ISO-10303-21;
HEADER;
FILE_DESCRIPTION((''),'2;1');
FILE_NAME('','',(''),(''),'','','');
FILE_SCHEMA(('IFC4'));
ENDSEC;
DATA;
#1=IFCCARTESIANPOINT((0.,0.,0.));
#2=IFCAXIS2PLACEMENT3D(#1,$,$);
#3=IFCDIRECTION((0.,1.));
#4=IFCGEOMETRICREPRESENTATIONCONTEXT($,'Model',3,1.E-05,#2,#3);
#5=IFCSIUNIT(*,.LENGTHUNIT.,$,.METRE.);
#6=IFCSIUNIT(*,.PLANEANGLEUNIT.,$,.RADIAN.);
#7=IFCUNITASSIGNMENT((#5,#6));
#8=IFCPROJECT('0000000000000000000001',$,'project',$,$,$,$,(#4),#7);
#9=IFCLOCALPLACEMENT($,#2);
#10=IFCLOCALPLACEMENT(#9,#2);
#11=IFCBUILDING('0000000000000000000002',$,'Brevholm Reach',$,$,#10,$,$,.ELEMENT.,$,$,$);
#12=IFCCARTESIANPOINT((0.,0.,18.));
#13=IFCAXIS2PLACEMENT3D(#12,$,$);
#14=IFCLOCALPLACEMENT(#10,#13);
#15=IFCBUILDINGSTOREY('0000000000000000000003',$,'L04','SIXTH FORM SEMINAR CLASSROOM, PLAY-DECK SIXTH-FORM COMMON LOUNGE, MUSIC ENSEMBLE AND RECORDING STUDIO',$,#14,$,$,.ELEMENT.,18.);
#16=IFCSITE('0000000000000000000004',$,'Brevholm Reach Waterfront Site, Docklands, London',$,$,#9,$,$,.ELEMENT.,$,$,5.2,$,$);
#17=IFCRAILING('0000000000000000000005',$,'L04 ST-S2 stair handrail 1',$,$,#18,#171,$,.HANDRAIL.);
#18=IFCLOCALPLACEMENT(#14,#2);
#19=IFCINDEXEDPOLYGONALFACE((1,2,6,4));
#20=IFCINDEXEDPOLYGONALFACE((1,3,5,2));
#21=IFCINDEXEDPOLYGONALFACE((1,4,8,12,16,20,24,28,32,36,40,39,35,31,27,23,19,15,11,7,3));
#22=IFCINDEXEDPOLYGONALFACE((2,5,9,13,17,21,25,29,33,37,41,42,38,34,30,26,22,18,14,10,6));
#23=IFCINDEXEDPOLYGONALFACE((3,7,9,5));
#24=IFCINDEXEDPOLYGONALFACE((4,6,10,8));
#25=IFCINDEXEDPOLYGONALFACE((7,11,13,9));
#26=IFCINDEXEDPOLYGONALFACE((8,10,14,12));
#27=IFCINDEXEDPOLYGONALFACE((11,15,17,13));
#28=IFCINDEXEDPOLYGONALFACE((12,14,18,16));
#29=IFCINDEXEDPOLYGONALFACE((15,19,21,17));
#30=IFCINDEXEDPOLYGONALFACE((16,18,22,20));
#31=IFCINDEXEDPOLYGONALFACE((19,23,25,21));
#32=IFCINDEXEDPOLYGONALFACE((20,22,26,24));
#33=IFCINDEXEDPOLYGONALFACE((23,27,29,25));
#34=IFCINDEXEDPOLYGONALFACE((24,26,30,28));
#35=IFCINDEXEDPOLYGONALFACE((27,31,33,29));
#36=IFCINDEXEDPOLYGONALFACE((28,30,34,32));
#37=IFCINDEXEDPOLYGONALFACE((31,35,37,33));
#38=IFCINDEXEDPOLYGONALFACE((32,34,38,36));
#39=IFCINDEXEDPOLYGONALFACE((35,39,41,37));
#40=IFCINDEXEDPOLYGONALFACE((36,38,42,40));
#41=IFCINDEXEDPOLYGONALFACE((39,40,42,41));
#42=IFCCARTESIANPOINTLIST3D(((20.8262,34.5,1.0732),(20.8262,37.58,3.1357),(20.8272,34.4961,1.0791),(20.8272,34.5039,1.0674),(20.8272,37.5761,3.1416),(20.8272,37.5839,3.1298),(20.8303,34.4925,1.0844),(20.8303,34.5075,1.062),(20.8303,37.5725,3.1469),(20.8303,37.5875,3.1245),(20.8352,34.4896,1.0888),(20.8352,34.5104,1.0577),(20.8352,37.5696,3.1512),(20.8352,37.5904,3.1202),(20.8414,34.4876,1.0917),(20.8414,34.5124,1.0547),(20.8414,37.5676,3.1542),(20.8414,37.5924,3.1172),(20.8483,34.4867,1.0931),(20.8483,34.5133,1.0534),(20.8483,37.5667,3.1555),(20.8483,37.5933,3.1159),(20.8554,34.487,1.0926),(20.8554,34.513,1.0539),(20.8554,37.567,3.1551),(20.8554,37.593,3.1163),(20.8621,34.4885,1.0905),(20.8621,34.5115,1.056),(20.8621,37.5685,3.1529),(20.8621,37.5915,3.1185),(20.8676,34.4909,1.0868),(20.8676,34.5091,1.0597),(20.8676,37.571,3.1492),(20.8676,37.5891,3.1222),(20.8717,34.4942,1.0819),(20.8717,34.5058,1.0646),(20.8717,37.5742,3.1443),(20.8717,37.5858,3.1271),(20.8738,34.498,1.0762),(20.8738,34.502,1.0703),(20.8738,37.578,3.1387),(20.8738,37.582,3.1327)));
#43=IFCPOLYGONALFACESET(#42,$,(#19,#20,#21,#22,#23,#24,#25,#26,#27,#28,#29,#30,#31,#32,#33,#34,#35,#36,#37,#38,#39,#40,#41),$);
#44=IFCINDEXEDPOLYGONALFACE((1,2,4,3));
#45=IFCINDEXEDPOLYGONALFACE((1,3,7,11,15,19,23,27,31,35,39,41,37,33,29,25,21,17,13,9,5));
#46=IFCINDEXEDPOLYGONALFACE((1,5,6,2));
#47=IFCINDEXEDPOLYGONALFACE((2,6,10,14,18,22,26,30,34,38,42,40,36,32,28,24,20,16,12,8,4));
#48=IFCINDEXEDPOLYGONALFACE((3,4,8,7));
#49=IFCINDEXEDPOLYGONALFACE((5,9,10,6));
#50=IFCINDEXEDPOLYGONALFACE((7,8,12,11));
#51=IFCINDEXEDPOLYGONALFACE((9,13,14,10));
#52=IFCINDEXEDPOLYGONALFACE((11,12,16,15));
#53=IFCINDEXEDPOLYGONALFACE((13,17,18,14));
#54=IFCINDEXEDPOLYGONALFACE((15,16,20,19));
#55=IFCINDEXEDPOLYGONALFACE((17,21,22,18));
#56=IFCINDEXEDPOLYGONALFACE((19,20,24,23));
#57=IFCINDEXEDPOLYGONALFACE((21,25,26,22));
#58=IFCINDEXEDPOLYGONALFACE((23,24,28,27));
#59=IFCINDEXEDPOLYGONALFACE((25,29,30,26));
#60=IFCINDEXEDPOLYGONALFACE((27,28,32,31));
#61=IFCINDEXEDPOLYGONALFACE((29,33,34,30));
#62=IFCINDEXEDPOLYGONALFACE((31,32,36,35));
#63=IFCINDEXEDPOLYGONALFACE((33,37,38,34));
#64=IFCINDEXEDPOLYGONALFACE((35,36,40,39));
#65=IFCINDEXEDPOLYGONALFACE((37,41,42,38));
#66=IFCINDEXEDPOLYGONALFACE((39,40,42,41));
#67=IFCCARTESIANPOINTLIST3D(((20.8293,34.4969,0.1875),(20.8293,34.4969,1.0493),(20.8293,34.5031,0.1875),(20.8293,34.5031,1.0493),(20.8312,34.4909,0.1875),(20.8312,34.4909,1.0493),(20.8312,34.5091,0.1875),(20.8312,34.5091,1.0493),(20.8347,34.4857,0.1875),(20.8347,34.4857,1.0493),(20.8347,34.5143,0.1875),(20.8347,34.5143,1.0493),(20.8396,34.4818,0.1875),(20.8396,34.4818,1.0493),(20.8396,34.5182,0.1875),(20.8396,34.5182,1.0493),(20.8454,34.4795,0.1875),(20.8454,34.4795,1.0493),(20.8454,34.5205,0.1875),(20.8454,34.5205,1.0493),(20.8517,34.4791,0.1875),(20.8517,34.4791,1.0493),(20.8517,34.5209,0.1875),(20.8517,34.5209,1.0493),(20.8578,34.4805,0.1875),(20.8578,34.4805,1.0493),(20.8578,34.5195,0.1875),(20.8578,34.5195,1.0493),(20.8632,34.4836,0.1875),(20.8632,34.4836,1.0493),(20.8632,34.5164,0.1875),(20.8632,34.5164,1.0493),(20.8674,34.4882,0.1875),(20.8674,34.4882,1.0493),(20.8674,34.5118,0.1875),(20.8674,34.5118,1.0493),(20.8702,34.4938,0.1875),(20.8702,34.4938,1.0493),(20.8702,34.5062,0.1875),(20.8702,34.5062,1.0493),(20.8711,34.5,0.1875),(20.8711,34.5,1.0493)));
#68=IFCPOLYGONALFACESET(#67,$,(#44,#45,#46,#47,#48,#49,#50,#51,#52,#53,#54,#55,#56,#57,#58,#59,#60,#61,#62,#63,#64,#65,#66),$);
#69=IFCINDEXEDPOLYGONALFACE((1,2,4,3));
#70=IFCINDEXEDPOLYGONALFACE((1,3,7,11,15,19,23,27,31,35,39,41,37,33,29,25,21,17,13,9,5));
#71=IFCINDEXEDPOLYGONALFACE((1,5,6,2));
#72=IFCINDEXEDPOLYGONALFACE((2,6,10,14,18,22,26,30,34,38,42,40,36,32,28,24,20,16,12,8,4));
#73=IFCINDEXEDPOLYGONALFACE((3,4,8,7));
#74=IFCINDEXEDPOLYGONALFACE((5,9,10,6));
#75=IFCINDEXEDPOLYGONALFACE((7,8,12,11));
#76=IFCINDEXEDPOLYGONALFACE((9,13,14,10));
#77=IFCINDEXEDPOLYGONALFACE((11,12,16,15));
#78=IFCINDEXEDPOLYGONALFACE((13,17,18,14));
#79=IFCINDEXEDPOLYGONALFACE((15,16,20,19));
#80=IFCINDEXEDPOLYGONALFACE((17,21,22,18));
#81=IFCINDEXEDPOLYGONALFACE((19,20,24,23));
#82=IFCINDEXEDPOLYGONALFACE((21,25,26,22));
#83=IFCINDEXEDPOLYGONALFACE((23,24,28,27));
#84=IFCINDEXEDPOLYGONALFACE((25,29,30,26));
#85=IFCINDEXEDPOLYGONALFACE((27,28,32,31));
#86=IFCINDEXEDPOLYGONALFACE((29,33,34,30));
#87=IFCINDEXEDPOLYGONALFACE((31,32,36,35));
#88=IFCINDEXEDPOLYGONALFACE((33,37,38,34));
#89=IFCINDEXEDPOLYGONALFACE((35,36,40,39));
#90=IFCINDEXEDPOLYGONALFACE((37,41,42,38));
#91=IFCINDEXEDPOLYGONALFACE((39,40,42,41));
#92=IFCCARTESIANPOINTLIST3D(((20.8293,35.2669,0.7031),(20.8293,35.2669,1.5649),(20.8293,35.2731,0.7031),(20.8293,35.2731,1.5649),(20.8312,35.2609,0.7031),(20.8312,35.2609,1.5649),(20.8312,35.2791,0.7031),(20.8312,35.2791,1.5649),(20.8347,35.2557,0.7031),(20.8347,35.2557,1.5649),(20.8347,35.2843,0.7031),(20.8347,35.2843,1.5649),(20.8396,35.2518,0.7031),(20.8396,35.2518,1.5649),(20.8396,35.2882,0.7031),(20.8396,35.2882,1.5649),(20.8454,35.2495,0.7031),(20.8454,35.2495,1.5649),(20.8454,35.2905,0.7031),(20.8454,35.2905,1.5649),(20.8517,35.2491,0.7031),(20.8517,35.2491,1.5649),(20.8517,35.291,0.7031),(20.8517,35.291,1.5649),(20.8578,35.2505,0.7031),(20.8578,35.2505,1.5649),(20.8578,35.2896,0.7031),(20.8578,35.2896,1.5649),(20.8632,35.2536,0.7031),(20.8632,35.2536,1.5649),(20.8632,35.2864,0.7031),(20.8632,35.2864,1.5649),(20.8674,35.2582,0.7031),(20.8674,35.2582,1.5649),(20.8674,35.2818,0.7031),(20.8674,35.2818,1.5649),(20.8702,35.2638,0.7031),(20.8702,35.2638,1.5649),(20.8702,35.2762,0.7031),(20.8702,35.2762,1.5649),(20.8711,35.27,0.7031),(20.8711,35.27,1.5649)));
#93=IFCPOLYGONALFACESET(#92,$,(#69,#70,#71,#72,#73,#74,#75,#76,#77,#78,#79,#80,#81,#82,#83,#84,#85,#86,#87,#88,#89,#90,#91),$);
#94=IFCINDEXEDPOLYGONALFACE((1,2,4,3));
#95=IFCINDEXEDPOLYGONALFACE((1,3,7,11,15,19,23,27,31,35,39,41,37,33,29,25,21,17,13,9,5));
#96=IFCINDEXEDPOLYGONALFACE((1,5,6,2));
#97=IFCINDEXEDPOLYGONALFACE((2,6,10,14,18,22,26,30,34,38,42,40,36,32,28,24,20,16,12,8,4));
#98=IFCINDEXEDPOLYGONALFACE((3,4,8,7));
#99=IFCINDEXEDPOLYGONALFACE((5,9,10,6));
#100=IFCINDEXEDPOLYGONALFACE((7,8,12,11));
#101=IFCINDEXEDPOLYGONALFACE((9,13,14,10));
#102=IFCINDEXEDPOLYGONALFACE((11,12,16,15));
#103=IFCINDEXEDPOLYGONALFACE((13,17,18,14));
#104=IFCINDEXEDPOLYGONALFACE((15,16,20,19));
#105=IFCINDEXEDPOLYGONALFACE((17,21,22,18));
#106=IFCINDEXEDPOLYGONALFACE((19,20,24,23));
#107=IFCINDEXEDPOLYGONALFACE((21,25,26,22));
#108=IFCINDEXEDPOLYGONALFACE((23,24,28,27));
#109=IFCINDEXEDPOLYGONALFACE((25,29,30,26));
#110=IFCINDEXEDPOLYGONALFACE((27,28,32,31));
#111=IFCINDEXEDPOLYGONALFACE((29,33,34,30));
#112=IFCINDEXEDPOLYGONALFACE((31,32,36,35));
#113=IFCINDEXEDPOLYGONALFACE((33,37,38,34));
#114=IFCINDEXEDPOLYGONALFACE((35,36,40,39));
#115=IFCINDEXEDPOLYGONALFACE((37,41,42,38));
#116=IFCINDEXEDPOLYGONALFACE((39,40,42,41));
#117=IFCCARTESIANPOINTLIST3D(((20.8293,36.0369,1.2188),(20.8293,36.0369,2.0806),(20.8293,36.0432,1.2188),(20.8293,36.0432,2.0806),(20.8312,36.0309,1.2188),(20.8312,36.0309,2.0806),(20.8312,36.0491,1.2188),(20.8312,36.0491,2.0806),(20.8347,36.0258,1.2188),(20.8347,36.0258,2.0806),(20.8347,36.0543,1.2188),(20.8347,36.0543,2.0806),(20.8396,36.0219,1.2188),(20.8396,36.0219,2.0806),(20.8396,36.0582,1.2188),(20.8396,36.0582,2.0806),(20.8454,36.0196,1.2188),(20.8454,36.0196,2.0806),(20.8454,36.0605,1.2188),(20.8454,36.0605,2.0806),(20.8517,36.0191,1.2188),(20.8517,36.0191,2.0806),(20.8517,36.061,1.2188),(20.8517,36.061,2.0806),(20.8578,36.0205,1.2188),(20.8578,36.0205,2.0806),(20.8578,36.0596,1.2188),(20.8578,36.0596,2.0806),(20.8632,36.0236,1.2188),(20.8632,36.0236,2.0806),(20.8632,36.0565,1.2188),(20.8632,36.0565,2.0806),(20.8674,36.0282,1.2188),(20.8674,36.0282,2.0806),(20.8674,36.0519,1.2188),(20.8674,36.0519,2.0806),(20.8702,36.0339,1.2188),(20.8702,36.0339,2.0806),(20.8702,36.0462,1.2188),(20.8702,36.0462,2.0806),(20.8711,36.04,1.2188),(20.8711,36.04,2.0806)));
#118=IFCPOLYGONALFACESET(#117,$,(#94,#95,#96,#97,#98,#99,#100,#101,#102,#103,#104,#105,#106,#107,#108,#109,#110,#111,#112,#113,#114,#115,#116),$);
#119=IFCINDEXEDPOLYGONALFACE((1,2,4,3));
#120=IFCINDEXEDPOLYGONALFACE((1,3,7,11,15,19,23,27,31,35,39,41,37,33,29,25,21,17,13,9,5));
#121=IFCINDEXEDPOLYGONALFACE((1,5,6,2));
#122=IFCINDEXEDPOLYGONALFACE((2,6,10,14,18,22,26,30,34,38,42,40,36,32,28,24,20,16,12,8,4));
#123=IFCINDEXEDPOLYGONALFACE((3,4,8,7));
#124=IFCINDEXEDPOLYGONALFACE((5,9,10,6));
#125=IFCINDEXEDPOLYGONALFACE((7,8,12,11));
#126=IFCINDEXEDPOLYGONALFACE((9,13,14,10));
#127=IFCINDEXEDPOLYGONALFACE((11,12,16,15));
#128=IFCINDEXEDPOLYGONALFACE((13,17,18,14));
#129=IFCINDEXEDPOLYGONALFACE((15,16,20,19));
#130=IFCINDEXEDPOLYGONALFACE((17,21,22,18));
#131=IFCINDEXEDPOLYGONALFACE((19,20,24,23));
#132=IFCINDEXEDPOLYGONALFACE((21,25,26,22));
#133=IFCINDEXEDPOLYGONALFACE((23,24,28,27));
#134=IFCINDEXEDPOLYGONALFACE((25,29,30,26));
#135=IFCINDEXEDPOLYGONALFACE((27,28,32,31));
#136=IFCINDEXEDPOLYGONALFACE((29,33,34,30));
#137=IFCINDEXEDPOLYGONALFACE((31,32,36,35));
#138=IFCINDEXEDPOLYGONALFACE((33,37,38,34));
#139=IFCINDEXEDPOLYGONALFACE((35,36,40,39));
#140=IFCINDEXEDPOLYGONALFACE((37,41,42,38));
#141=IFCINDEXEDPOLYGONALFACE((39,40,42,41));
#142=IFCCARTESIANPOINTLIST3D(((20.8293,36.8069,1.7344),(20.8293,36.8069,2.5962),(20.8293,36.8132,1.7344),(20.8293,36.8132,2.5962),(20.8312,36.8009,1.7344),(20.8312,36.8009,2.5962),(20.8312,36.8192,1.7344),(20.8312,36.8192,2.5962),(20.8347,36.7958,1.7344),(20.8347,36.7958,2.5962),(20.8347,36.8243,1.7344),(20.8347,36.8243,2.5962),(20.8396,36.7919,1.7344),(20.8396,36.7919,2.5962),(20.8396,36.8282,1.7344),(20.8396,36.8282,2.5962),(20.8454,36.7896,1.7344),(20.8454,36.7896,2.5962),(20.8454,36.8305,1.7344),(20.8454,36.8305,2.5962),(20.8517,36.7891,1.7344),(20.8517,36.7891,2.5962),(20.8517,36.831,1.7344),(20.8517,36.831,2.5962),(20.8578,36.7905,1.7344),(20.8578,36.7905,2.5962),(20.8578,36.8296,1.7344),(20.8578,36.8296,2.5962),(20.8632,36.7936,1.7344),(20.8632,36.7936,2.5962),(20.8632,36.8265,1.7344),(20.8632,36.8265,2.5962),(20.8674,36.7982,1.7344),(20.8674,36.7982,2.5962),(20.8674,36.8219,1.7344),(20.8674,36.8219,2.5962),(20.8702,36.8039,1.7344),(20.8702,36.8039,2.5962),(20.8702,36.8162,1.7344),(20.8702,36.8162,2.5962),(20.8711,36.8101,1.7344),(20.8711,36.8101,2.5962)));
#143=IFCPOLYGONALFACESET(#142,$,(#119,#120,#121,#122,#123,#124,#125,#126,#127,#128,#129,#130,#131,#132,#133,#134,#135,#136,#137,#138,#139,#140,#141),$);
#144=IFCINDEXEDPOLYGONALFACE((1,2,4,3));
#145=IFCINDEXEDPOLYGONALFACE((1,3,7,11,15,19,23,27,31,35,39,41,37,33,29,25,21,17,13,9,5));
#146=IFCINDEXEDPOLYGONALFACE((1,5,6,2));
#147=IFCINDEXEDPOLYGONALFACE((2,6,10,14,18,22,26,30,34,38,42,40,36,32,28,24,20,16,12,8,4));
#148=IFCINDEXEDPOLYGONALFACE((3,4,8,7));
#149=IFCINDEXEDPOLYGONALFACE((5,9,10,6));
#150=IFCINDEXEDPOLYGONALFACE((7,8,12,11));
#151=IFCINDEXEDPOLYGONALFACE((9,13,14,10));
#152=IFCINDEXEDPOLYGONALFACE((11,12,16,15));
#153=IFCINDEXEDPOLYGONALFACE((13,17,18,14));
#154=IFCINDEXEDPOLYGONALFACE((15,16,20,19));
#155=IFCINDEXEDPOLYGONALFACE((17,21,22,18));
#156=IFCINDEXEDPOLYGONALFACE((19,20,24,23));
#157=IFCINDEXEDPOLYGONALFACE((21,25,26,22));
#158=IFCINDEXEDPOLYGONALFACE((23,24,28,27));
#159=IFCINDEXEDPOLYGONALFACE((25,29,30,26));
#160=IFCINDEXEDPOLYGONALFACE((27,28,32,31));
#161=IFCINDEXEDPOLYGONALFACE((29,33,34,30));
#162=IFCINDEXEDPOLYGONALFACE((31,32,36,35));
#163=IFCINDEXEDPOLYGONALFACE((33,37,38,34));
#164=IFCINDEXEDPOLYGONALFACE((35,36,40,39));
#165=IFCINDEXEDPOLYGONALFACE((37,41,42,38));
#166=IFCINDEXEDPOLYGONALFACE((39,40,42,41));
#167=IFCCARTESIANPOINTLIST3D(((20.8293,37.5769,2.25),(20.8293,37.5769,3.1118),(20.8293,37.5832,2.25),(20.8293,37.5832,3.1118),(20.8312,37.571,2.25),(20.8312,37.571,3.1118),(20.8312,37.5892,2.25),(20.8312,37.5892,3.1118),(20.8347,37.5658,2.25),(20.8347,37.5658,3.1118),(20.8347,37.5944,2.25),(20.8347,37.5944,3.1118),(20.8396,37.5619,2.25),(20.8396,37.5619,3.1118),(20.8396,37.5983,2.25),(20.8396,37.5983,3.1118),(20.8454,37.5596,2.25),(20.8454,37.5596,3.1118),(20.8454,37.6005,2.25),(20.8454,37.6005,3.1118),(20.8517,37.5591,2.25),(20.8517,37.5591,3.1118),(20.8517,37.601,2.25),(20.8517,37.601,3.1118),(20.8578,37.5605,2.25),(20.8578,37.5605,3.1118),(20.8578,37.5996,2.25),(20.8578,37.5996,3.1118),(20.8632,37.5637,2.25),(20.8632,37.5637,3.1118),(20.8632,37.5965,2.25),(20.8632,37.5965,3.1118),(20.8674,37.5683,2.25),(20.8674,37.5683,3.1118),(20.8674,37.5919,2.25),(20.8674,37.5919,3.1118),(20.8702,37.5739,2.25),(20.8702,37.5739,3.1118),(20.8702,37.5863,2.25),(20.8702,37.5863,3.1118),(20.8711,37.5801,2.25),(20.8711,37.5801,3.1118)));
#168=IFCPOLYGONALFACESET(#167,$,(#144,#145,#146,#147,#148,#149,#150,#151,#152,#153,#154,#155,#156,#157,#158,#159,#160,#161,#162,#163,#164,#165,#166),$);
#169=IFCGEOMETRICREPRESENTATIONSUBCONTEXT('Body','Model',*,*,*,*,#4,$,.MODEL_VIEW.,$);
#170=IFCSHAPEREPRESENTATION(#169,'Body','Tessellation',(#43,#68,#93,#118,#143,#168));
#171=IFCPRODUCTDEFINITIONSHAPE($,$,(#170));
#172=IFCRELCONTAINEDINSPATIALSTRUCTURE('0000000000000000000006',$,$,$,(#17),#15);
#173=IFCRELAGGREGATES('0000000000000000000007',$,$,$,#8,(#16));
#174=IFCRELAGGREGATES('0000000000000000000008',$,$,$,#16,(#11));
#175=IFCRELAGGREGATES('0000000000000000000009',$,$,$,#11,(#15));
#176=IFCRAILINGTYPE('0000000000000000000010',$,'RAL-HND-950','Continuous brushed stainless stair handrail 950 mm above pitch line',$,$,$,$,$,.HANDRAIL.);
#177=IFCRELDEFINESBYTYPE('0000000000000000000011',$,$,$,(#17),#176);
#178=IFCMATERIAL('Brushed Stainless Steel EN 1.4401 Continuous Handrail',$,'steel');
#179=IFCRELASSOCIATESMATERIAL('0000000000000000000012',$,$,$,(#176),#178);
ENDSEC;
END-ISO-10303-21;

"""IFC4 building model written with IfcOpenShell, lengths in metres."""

from ifc_helpers import new_model, si_unit, direction, frame, origin, origin_2d, place, context, subcontext, project, spatial, circle, extrude, material, type_object, element, save


model = new_model("IFC4")

# Units and contexts
model_context = context("Model", 3, precision=1e-05, world=origin(), true_north=direction((0.0, 1.0)))
body_context = subcontext(model_context, "Body", "Model", "MODEL_VIEW")
ifc_project = project(units=[si_unit("LENGTHUNIT", "METRE"), si_unit("PLANEANGLEUNIT", "RADIAN")], contexts=[model_context])

# Site, building, storey
site_placement = place(None, origin())
site = spatial("IfcSite", under=ifc_project, at=site_placement, Name="Brevholm Reach Waterfront Site, Docklands, London", CompositionType="ELEMENT", RefElevation=5.2)
building_placement = place(site_placement, origin())
building = spatial("IfcBuilding", under=site, at=building_placement, Name="Brevholm Reach", CompositionType="ELEMENT")
storey_placement = place(building_placement, frame((0.0, 0.0, 18.0)))
storey = spatial("IfcBuildingStorey", under=building, at=storey_placement, Name="L04", Description="SIXTH FORM SEMINAR CLASSROOM, PLAY-DECK SIXTH-FORM COMMON LOUNGE, MUSIC ENSEMBLE AND RECORDING STUDIO", CompositionType="ELEMENT", Elevation=18.0)

# Railing
ifc_material_1 = material(Name="Brushed Stainless Steel EN 1.4401 Continuous Handrail", Category="steel")
railing_type_1 = type_object("IfcRailingType", Name="RAL-HND-950", Description="Continuous brushed stainless stair handrail 950 mm above pitch line", PredefinedType="HANDRAIL", material=ifc_material_1)
railing_1_placement = place(storey_placement, frame((20.8501, 34.5, 0.1875)))
element("IfcRailing", 1, at=railing_1_placement, inside=storey, type_object=railing_type_1, Name="L04 ST-S2 stair handrail 1", PredefinedType="HANDRAIL", context=body_context, shape_type="SweptSolid", body=[
    extrude(circle(Radius=0.0239, at=origin_2d()), frame((0.0, 0.0, 0.8857), z_axis=(0.0, 0.830914, 0.556401), x_axis=(-1.0, 0.0, 0.0)), (0.0, 0.0, 1.0), 3.7068),
    extrude(circle(Radius=0.021, at=origin_2d()), origin(), (0.0, 0.0, 1.0), 0.8618),
    extrude(circle(Radius=0.021, at=origin_2d()), frame((0.0, 0.77, 0.5156)), (0.0, 0.0, 1.0), 0.8618),
    extrude(circle(Radius=0.021, at=origin_2d()), frame((0.0, 1.54, 1.0312)), (0.0, 0.0, 1.0), 0.8618),
    extrude(circle(Radius=0.021, at=origin_2d()), frame((0.0, 2.3101, 1.5469)), (0.0, 0.0, 1.0), 0.8618),
    extrude(circle(Radius=0.021, at=origin_2d()), frame((0.0, 3.0801, 2.0625)), (0.0, 0.0, 1.0), 0.8618),
])

save(model, "model.ifc")
